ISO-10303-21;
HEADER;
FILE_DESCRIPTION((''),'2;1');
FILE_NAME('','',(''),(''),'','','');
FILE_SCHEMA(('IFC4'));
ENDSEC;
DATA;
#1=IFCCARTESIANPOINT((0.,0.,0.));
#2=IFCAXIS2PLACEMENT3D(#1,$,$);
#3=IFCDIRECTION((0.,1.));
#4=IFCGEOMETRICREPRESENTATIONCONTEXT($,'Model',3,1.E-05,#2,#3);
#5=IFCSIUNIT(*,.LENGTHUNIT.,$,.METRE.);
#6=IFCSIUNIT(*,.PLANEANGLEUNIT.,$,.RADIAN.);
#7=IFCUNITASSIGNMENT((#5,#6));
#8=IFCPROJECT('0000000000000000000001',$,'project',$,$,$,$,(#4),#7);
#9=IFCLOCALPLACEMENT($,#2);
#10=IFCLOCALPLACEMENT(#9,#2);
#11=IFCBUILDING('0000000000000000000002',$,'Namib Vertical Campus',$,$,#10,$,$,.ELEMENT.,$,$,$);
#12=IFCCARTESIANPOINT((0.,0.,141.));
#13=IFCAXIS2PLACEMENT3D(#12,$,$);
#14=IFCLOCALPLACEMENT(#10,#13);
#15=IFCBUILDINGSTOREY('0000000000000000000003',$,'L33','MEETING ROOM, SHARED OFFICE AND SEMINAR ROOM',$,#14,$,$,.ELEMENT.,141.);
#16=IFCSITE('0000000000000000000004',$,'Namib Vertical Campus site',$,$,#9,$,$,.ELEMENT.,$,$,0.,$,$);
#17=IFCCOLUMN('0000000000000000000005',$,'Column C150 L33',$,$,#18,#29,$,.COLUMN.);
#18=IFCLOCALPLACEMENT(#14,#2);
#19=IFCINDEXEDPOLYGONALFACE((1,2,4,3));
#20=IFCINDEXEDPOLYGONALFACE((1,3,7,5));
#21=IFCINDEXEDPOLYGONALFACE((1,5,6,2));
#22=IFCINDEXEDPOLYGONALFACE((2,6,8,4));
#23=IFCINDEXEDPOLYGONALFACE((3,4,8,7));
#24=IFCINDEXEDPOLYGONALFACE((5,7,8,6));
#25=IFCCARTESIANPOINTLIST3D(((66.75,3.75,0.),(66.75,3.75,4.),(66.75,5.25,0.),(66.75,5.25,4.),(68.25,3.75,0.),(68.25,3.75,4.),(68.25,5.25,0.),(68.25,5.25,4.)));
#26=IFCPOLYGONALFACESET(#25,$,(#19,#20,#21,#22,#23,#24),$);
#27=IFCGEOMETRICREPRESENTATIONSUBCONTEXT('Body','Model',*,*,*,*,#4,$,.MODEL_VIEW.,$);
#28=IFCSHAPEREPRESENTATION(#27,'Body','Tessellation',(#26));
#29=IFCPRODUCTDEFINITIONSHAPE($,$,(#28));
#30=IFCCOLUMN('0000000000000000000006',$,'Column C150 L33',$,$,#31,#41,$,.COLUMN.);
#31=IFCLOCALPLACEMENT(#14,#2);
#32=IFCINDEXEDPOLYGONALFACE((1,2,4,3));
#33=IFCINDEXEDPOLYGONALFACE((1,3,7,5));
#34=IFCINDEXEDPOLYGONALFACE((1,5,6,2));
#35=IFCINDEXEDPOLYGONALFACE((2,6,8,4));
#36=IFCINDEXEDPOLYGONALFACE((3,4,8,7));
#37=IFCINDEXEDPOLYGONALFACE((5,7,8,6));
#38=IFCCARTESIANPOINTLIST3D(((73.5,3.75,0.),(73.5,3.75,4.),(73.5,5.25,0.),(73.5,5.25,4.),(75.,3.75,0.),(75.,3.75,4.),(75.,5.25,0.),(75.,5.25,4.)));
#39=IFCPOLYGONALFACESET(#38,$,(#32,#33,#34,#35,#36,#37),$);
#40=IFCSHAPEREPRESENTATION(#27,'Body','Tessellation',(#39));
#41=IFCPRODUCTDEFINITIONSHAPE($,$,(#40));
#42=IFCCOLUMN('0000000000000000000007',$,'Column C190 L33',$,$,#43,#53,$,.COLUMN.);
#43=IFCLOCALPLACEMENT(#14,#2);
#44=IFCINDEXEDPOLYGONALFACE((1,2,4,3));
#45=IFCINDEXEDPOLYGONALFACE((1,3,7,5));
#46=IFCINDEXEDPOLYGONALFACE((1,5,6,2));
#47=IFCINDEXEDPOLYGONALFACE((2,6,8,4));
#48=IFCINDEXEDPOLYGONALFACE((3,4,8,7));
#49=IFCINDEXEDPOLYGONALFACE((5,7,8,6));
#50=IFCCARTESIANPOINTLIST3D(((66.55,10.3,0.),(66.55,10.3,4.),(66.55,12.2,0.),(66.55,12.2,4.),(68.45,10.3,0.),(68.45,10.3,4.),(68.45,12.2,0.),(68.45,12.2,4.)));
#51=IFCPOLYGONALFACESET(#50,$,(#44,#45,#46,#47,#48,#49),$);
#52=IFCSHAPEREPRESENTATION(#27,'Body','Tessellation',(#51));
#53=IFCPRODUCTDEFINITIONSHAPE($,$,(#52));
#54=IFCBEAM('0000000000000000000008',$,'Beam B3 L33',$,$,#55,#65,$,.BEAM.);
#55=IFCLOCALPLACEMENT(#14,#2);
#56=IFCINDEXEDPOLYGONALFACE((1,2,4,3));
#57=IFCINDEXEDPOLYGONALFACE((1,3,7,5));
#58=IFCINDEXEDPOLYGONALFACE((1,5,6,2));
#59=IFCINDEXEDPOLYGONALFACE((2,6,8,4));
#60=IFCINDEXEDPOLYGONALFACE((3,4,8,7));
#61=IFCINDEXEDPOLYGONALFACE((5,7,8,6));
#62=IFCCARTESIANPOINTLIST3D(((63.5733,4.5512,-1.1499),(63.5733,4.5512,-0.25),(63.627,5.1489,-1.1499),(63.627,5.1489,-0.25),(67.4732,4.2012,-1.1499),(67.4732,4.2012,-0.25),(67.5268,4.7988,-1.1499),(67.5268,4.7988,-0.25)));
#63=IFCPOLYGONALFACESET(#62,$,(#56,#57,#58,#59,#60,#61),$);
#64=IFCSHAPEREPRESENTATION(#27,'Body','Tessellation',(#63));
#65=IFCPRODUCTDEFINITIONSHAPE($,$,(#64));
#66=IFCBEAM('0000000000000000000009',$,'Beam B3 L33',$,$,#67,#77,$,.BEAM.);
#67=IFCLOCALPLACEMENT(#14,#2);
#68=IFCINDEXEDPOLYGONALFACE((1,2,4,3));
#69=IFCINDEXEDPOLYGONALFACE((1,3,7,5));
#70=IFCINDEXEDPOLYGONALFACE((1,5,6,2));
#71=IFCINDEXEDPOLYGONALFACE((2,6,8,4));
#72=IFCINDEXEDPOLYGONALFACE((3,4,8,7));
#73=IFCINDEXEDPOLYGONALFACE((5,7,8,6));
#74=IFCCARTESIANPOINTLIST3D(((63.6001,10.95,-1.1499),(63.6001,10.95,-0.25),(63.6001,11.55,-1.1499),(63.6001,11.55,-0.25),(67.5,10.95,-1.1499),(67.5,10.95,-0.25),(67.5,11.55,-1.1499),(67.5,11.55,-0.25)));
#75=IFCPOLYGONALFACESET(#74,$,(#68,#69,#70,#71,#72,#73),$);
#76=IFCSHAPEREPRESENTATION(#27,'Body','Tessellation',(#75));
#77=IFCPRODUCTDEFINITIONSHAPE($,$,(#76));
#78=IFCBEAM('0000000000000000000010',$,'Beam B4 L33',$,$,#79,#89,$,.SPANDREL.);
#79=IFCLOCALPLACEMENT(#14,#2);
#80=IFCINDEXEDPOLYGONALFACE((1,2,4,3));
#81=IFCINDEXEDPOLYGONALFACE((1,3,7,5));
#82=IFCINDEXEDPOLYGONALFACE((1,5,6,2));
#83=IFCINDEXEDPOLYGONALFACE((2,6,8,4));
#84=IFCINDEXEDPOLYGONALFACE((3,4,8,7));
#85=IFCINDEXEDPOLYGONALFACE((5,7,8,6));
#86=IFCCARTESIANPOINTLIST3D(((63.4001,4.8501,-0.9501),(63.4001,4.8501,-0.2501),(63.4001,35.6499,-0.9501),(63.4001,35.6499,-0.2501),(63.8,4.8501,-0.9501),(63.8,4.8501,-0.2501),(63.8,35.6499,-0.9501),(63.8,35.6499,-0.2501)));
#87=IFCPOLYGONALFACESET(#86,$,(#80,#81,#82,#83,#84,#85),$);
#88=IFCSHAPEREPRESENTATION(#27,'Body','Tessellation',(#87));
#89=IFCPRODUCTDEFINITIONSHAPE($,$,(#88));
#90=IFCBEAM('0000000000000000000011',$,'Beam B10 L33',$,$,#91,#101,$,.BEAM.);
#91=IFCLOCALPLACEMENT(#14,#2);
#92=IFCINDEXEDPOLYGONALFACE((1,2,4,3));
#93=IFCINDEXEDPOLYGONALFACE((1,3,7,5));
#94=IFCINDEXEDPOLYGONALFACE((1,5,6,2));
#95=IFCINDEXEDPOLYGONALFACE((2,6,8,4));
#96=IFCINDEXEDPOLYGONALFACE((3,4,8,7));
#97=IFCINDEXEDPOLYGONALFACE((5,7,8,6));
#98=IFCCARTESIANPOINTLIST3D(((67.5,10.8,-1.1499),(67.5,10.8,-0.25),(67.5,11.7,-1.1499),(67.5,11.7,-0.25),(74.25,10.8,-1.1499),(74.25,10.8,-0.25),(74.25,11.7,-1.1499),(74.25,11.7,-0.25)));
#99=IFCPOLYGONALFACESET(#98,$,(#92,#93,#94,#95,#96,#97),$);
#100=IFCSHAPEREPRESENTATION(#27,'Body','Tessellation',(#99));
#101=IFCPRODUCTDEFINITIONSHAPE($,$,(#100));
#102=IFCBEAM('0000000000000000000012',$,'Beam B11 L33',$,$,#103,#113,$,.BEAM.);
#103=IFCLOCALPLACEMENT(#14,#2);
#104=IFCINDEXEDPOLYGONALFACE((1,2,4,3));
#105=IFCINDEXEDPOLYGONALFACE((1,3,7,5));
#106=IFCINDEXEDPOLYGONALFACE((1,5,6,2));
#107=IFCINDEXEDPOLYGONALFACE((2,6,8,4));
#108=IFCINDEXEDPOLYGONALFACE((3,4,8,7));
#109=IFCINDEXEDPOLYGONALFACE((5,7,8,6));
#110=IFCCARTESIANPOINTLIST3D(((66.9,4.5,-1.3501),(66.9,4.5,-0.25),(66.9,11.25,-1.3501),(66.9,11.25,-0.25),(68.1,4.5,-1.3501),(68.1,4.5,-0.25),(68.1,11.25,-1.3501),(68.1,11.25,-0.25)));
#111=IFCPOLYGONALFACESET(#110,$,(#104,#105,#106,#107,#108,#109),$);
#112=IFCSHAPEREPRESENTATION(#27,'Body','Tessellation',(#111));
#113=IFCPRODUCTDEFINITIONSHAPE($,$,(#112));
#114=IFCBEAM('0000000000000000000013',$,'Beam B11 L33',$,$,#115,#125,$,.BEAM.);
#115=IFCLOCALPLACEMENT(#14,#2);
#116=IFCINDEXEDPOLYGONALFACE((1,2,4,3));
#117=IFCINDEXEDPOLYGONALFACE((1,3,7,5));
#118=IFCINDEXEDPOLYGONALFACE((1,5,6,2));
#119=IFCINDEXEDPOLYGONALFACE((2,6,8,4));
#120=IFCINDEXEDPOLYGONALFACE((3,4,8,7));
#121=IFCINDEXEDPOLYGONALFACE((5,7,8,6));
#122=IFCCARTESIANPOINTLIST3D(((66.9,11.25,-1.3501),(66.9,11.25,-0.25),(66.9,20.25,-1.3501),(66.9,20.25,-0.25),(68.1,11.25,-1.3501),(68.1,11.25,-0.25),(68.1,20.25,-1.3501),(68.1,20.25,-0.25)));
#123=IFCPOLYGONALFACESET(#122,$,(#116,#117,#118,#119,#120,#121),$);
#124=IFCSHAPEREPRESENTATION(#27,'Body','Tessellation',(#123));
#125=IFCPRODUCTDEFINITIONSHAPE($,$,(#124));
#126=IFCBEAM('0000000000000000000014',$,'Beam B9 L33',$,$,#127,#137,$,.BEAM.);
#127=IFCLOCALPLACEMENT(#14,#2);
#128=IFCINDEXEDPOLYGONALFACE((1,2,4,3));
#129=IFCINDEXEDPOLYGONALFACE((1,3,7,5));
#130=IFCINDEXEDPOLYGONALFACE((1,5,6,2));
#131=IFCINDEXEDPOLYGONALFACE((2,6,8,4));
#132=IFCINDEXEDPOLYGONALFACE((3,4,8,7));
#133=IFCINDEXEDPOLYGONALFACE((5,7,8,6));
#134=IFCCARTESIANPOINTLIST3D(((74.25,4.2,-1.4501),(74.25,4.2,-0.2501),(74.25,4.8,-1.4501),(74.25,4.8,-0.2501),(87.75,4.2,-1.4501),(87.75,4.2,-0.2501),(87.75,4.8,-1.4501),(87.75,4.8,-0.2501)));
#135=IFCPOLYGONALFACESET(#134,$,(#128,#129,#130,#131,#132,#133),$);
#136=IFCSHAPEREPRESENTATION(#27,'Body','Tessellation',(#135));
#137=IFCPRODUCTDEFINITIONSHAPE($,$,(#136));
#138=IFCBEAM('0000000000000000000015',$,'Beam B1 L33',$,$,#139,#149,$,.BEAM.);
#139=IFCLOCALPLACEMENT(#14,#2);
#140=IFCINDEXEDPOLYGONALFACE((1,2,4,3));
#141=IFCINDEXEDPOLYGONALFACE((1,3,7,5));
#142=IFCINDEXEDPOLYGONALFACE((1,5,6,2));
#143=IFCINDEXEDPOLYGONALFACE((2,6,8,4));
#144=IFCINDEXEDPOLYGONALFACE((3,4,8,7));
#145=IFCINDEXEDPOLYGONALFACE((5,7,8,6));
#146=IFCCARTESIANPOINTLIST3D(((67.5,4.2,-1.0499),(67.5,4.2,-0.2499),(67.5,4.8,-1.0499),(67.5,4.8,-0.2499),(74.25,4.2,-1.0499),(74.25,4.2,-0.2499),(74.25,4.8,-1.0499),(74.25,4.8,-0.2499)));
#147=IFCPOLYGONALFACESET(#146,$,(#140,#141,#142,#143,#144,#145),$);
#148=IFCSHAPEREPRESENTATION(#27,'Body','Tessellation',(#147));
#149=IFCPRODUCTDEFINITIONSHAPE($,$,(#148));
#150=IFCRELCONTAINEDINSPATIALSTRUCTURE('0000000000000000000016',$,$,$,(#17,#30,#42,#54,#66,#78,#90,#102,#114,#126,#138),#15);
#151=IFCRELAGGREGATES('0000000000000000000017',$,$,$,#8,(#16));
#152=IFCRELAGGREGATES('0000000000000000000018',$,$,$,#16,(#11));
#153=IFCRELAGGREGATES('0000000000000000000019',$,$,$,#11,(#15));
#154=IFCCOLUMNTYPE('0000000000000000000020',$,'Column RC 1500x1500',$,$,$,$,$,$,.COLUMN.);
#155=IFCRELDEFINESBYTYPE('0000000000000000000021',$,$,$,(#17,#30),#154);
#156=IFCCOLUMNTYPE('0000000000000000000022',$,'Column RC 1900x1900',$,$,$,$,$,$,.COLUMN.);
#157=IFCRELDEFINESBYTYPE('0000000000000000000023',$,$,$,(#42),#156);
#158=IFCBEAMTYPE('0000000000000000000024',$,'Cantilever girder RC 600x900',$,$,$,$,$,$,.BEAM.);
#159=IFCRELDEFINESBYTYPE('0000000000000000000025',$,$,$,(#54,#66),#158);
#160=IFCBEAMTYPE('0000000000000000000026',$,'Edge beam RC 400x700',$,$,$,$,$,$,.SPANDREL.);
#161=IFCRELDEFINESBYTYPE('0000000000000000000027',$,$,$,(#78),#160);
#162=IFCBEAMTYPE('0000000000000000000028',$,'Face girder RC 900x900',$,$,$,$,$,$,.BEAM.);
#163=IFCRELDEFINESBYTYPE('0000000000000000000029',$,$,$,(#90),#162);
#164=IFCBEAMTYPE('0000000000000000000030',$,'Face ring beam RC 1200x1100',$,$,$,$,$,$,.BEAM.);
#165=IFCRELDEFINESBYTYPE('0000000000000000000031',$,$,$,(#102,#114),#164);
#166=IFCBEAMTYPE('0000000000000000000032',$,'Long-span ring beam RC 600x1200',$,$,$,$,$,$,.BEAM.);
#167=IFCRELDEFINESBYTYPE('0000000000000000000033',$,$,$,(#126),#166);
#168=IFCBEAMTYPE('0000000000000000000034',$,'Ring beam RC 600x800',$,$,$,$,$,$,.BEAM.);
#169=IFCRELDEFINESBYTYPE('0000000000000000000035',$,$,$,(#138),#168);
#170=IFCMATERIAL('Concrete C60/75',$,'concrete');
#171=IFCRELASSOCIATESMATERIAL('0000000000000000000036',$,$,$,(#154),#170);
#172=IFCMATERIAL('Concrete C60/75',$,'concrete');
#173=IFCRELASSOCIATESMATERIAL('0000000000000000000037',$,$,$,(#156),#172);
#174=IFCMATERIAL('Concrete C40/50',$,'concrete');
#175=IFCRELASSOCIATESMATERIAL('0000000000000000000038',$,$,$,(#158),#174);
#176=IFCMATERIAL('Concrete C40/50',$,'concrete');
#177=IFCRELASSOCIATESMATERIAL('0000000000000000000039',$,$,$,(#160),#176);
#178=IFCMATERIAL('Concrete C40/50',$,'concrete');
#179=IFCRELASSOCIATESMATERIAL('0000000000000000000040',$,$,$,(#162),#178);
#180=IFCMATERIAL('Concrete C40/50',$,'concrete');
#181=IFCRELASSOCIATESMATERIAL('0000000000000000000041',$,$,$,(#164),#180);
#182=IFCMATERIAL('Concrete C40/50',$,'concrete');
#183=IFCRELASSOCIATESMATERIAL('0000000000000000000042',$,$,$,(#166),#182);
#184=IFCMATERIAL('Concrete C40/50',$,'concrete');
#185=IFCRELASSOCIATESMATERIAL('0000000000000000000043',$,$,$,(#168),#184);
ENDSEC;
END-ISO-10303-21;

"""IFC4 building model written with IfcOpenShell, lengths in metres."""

from ifc_helpers import new_model, si_unit, direction, frame, origin, origin_2d, place, context, subcontext, project, spatial, rectangle, extrude, material, material_profile, profile_set, type_object, element, save


model = new_model("IFC4")

# Units and contexts
model_context = context("Model", 3, precision=1e-05, world=origin(), true_north=direction((0.0, 1.0)))
body_context = subcontext(model_context, "Body", "Model", "MODEL_VIEW")
ifc_project = project(units=[si_unit("LENGTHUNIT", "METRE"), si_unit("PLANEANGLEUNIT", "RADIAN")], contexts=[model_context])

# Site, building, storey
site_placement = place(None, origin())
site = spatial("IfcSite", under=ifc_project, at=site_placement, Name="Namib Vertical Campus site", CompositionType="ELEMENT", RefElevation=0.0)
building_placement = place(site_placement, origin())
building = spatial("IfcBuilding", under=site, at=building_placement, Name="Namib Vertical Campus", CompositionType="ELEMENT")
storey_placement = place(building_placement, frame((0.0, 0.0, 141.0)))
storey = spatial("IfcBuildingStorey", under=building, at=storey_placement, Name="L33", Description="MEETING ROOM, SHARED OFFICE AND SEMINAR ROOM", CompositionType="ELEMENT", Elevation=141.0)

# Columns
ifc_material_1 = material(Name="Concrete C60/75", Category="concrete")
ifc_material_profile_1 = material_profile(ifc_material_1, rectangle(XDim=1.5, YDim=1.5, at=origin_2d()))
ifc_profile_set_1 = profile_set([ifc_material_profile_1], Name="Concrete C60/75")
column_type_1 = type_object("IfcColumnType", Name="Column RC 1500x1500", PredefinedType="COLUMN", material=ifc_profile_set_1)
for number, where, z_axis, x_axis, name in (
    (1, (67.5, 4.5, 0.0), (0.0, 0.0, 1.0), (1.0, 0.0, 0.0), "Column C150 L33"),
    (2, (74.25, 4.5, 0.0), (0.0, 0.0, 1.0), (1.0, 0.0, 0.0), "Column C150 L33"),
):
    element("IfcColumn", number, at=place(storey_placement, frame(where, z_axis=z_axis, x_axis=x_axis)), inside=storey, type_object=column_type_1, Name=name, PredefinedType="COLUMN", context=body_context, shape_type="SweptSolid", body=[
        extrude(rectangle(XDim=1.5, YDim=1.5, at=origin_2d()), origin(), (0.0, 0.0, 1.0), 4.0),
    ])
ifc_material_2 = material(Name="Concrete C60/75", Category="concrete")
ifc_material_profile_2 = material_profile(ifc_material_2, rectangle(XDim=1.8999, YDim=1.8999, at=origin_2d()))
ifc_profile_set_2 = profile_set([ifc_material_profile_2], Name="Concrete C60/75")
column_type_2 = type_object("IfcColumnType", Name="Column RC 1900x1900", PredefinedType="COLUMN", material=ifc_profile_set_2)
column_placement = place(storey_placement, frame((67.5, 11.25, 0.0), z_axis=(0.0, 0.0, 1.0), x_axis=(1.0, 0.0, 0.0)))
element("IfcColumn", 3, at=column_placement, inside=storey, type_object=column_type_2, Name="Column C190 L33", PredefinedType="COLUMN", context=body_context, shape_type="SweptSolid", body=[
    extrude(rectangle(XDim=1.8999, YDim=1.8999, at=origin_2d()), origin(), (0.0, 0.0, 1.0), 4.0),
])

# Beams
ifc_material_3 = material(Name="Concrete C40/50", Category="concrete")
ifc_material_profile_3 = material_profile(ifc_material_3, rectangle(XDim=0.6001, YDim=0.8999, at=origin_2d()))
ifc_profile_set_3 = profile_set([ifc_material_profile_3], Name="Concrete C40/50")
beam_type_1 = type_object("IfcBeamType", Name="Cantilever girder RC 600x900", PredefinedType="BEAM", material=ifc_profile_set_3)
beam_1_placement = place(storey_placement, frame((67.5, 4.5, -0.7), z_axis=(-0.995995, 0.089411, 0.0), x_axis=(-0.089411, -0.995995, 0.0)))
element("IfcBeam", 4, at=beam_1_placement, inside=storey, type_object=beam_type_1, Name="Beam B3 L33", PredefinedType="BEAM", context=body_context, shape_type="SweptSolid", body=[
    extrude(rectangle(XDim=0.6001, YDim=0.8999, at=origin_2d()), origin(), (0.0, 0.0, 1.0), 3.9155),
])
beam_2_placement = place(storey_placement, frame((67.5, 11.25, -0.7), z_axis=(-1.0, 0.0, 0.0), x_axis=(0.0, -1.0, 0.0)))
element("IfcBeam", 5, at=beam_2_placement, inside=storey, type_object=beam_type_1, Name="Beam B3 L33", PredefinedType="BEAM", context=body_context, shape_type="SweptSolid", body=[
    extrude(rectangle(XDim=0.6001, YDim=0.8999, at=origin_2d()), origin(), (0.0, 0.0, 1.0), 3.8999),
])
ifc_material_4 = material(Name="Concrete C40/50", Category="concrete")
ifc_material_profile_4 = material_profile(ifc_material_4, rectangle(XDim=0.3999, YDim=0.7, at=origin_2d()))
ifc_profile_set_4 = profile_set([ifc_material_profile_4], Name="Concrete C40/50")
beam_type_2 = type_object("IfcBeamType", Name="Edge beam RC 400x700", PredefinedType="SPANDREL", material=ifc_profile_set_4)
beam_3_placement = place(storey_placement, frame((63.6001, 4.8501, -0.6001), z_axis=(0.0, 1.0, 0.0), x_axis=(-1.0, 0.0, 0.0)))
element("IfcBeam", 6, at=beam_3_placement, inside=storey, type_object=beam_type_2, Name="Beam B4 L33", PredefinedType="SPANDREL", context=body_context, shape_type="SweptSolid", body=[
    extrude(rectangle(XDim=0.3999, YDim=0.7, at=origin_2d()), origin(), (0.0, 0.0, 1.0), 30.7998),
])
ifc_material_5 = material(Name="Concrete C40/50", Category="concrete")
ifc_material_profile_5 = material_profile(ifc_material_5, rectangle(XDim=0.8999, YDim=0.8999, at=origin_2d()))
ifc_profile_set_5 = profile_set([ifc_material_profile_5], Name="Concrete C40/50")
beam_type_3 = type_object("IfcBeamType", Name="Face girder RC 900x900", PredefinedType="BEAM", material=ifc_profile_set_5)
beam_4_placement = place(storey_placement, frame((67.5, 11.25, -0.7), z_axis=(1.0, 0.0, 0.0), x_axis=(0.0, 1.0, 0.0)))
element("IfcBeam", 7, at=beam_4_placement, inside=storey, type_object=beam_type_3, Name="Beam B10 L33", PredefinedType="BEAM", context=body_context, shape_type="SweptSolid", body=[
    extrude(rectangle(XDim=0.8999, YDim=0.8999, at=origin_2d()), origin(), (0.0, 0.0, 1.0), 6.75),
])
ifc_material_6 = material(Name="Concrete C40/50", Category="concrete")
ifc_material_profile_6 = material_profile(ifc_material_6, rectangle(XDim=1.2, YDim=1.1001, at=origin_2d()))
ifc_profile_set_6 = profile_set([ifc_material_profile_6], Name="Concrete C40/50")
beam_type_4 = type_object("IfcBeamType", Name="Face ring beam RC 1200x1100", PredefinedType="BEAM", material=ifc_profile_set_6)
beam_5_placement = place(storey_placement, frame((67.5, 4.5, -0.8), z_axis=(0.0, 1.0, 0.0), x_axis=(-1.0, 0.0, 0.0)))
element("IfcBeam", 8, at=beam_5_placement, inside=storey, type_object=beam_type_4, Name="Beam B11 L33", PredefinedType="BEAM", context=body_context, shape_type="SweptSolid", body=[
    extrude(rectangle(XDim=1.2, YDim=1.1001, at=origin_2d()), origin(), (0.0, 0.0, 1.0), 6.75),
])
beam_6_placement = place(storey_placement, frame((67.5, 11.25, -0.8), z_axis=(0.0, 1.0, 0.0), x_axis=(-1.0, 0.0, 0.0)))
element("IfcBeam", 9, at=beam_6_placement, inside=storey, type_object=beam_type_4, Name="Beam B11 L33", PredefinedType="BEAM", context=body_context, shape_type="SweptSolid", body=[
    extrude(rectangle(XDim=1.2, YDim=1.1001, at=origin_2d()), origin(), (0.0, 0.0, 1.0), 9.0),
])
ifc_material_7 = material(Name="Concrete C40/50", Category="concrete")
ifc_material_profile_7 = material_profile(ifc_material_7, rectangle(XDim=0.6001, YDim=1.2, at=origin_2d()))
ifc_profile_set_7 = profile_set([ifc_material_profile_7], Name="Concrete C40/50")
beam_type_5 = type_object("IfcBeamType", Name="Long-span ring beam RC 600x1200", PredefinedType="BEAM", material=ifc_profile_set_7)
beam_7_placement = place(storey_placement, frame((74.25, 4.5, -0.8501), z_axis=(1.0, 0.0, 0.0), x_axis=(0.0, 1.0, 0.0)))
element("IfcBeam", 10, at=beam_7_placement, inside=storey, type_object=beam_type_5, Name="Beam B9 L33", PredefinedType="BEAM", context=body_context, shape_type="SweptSolid", body=[
    extrude(rectangle(XDim=0.6001, YDim=1.2, at=origin_2d()), origin(), (0.0, 0.0, 1.0), 13.5),
])
ifc_material_8 = material(Name="Concrete C40/50", Category="concrete")
ifc_material_profile_8 = material_profile(ifc_material_8, rectangle(XDim=0.6001, YDim=0.8, at=origin_2d()))
ifc_profile_set_8 = profile_set([ifc_material_profile_8], Name="Concrete C40/50")
beam_type_6 = type_object("IfcBeamType", Name="Ring beam RC 600x800", PredefinedType="BEAM", material=ifc_profile_set_8)
beam_8_placement = place(storey_placement, frame((67.5, 4.5, -0.6499), z_axis=(1.0, 0.0, 0.0), x_axis=(0.0, 1.0, 0.0)))
element("IfcBeam", 11, at=beam_8_placement, inside=storey, type_object=beam_type_6, Name="Beam B1 L33", PredefinedType="BEAM", context=body_context, shape_type="SweptSolid", body=[
    extrude(rectangle(XDim=0.6001, YDim=0.8, at=origin_2d()), origin(), (0.0, 0.0, 1.0), 6.75),
])

save(model, "model.ifc")
